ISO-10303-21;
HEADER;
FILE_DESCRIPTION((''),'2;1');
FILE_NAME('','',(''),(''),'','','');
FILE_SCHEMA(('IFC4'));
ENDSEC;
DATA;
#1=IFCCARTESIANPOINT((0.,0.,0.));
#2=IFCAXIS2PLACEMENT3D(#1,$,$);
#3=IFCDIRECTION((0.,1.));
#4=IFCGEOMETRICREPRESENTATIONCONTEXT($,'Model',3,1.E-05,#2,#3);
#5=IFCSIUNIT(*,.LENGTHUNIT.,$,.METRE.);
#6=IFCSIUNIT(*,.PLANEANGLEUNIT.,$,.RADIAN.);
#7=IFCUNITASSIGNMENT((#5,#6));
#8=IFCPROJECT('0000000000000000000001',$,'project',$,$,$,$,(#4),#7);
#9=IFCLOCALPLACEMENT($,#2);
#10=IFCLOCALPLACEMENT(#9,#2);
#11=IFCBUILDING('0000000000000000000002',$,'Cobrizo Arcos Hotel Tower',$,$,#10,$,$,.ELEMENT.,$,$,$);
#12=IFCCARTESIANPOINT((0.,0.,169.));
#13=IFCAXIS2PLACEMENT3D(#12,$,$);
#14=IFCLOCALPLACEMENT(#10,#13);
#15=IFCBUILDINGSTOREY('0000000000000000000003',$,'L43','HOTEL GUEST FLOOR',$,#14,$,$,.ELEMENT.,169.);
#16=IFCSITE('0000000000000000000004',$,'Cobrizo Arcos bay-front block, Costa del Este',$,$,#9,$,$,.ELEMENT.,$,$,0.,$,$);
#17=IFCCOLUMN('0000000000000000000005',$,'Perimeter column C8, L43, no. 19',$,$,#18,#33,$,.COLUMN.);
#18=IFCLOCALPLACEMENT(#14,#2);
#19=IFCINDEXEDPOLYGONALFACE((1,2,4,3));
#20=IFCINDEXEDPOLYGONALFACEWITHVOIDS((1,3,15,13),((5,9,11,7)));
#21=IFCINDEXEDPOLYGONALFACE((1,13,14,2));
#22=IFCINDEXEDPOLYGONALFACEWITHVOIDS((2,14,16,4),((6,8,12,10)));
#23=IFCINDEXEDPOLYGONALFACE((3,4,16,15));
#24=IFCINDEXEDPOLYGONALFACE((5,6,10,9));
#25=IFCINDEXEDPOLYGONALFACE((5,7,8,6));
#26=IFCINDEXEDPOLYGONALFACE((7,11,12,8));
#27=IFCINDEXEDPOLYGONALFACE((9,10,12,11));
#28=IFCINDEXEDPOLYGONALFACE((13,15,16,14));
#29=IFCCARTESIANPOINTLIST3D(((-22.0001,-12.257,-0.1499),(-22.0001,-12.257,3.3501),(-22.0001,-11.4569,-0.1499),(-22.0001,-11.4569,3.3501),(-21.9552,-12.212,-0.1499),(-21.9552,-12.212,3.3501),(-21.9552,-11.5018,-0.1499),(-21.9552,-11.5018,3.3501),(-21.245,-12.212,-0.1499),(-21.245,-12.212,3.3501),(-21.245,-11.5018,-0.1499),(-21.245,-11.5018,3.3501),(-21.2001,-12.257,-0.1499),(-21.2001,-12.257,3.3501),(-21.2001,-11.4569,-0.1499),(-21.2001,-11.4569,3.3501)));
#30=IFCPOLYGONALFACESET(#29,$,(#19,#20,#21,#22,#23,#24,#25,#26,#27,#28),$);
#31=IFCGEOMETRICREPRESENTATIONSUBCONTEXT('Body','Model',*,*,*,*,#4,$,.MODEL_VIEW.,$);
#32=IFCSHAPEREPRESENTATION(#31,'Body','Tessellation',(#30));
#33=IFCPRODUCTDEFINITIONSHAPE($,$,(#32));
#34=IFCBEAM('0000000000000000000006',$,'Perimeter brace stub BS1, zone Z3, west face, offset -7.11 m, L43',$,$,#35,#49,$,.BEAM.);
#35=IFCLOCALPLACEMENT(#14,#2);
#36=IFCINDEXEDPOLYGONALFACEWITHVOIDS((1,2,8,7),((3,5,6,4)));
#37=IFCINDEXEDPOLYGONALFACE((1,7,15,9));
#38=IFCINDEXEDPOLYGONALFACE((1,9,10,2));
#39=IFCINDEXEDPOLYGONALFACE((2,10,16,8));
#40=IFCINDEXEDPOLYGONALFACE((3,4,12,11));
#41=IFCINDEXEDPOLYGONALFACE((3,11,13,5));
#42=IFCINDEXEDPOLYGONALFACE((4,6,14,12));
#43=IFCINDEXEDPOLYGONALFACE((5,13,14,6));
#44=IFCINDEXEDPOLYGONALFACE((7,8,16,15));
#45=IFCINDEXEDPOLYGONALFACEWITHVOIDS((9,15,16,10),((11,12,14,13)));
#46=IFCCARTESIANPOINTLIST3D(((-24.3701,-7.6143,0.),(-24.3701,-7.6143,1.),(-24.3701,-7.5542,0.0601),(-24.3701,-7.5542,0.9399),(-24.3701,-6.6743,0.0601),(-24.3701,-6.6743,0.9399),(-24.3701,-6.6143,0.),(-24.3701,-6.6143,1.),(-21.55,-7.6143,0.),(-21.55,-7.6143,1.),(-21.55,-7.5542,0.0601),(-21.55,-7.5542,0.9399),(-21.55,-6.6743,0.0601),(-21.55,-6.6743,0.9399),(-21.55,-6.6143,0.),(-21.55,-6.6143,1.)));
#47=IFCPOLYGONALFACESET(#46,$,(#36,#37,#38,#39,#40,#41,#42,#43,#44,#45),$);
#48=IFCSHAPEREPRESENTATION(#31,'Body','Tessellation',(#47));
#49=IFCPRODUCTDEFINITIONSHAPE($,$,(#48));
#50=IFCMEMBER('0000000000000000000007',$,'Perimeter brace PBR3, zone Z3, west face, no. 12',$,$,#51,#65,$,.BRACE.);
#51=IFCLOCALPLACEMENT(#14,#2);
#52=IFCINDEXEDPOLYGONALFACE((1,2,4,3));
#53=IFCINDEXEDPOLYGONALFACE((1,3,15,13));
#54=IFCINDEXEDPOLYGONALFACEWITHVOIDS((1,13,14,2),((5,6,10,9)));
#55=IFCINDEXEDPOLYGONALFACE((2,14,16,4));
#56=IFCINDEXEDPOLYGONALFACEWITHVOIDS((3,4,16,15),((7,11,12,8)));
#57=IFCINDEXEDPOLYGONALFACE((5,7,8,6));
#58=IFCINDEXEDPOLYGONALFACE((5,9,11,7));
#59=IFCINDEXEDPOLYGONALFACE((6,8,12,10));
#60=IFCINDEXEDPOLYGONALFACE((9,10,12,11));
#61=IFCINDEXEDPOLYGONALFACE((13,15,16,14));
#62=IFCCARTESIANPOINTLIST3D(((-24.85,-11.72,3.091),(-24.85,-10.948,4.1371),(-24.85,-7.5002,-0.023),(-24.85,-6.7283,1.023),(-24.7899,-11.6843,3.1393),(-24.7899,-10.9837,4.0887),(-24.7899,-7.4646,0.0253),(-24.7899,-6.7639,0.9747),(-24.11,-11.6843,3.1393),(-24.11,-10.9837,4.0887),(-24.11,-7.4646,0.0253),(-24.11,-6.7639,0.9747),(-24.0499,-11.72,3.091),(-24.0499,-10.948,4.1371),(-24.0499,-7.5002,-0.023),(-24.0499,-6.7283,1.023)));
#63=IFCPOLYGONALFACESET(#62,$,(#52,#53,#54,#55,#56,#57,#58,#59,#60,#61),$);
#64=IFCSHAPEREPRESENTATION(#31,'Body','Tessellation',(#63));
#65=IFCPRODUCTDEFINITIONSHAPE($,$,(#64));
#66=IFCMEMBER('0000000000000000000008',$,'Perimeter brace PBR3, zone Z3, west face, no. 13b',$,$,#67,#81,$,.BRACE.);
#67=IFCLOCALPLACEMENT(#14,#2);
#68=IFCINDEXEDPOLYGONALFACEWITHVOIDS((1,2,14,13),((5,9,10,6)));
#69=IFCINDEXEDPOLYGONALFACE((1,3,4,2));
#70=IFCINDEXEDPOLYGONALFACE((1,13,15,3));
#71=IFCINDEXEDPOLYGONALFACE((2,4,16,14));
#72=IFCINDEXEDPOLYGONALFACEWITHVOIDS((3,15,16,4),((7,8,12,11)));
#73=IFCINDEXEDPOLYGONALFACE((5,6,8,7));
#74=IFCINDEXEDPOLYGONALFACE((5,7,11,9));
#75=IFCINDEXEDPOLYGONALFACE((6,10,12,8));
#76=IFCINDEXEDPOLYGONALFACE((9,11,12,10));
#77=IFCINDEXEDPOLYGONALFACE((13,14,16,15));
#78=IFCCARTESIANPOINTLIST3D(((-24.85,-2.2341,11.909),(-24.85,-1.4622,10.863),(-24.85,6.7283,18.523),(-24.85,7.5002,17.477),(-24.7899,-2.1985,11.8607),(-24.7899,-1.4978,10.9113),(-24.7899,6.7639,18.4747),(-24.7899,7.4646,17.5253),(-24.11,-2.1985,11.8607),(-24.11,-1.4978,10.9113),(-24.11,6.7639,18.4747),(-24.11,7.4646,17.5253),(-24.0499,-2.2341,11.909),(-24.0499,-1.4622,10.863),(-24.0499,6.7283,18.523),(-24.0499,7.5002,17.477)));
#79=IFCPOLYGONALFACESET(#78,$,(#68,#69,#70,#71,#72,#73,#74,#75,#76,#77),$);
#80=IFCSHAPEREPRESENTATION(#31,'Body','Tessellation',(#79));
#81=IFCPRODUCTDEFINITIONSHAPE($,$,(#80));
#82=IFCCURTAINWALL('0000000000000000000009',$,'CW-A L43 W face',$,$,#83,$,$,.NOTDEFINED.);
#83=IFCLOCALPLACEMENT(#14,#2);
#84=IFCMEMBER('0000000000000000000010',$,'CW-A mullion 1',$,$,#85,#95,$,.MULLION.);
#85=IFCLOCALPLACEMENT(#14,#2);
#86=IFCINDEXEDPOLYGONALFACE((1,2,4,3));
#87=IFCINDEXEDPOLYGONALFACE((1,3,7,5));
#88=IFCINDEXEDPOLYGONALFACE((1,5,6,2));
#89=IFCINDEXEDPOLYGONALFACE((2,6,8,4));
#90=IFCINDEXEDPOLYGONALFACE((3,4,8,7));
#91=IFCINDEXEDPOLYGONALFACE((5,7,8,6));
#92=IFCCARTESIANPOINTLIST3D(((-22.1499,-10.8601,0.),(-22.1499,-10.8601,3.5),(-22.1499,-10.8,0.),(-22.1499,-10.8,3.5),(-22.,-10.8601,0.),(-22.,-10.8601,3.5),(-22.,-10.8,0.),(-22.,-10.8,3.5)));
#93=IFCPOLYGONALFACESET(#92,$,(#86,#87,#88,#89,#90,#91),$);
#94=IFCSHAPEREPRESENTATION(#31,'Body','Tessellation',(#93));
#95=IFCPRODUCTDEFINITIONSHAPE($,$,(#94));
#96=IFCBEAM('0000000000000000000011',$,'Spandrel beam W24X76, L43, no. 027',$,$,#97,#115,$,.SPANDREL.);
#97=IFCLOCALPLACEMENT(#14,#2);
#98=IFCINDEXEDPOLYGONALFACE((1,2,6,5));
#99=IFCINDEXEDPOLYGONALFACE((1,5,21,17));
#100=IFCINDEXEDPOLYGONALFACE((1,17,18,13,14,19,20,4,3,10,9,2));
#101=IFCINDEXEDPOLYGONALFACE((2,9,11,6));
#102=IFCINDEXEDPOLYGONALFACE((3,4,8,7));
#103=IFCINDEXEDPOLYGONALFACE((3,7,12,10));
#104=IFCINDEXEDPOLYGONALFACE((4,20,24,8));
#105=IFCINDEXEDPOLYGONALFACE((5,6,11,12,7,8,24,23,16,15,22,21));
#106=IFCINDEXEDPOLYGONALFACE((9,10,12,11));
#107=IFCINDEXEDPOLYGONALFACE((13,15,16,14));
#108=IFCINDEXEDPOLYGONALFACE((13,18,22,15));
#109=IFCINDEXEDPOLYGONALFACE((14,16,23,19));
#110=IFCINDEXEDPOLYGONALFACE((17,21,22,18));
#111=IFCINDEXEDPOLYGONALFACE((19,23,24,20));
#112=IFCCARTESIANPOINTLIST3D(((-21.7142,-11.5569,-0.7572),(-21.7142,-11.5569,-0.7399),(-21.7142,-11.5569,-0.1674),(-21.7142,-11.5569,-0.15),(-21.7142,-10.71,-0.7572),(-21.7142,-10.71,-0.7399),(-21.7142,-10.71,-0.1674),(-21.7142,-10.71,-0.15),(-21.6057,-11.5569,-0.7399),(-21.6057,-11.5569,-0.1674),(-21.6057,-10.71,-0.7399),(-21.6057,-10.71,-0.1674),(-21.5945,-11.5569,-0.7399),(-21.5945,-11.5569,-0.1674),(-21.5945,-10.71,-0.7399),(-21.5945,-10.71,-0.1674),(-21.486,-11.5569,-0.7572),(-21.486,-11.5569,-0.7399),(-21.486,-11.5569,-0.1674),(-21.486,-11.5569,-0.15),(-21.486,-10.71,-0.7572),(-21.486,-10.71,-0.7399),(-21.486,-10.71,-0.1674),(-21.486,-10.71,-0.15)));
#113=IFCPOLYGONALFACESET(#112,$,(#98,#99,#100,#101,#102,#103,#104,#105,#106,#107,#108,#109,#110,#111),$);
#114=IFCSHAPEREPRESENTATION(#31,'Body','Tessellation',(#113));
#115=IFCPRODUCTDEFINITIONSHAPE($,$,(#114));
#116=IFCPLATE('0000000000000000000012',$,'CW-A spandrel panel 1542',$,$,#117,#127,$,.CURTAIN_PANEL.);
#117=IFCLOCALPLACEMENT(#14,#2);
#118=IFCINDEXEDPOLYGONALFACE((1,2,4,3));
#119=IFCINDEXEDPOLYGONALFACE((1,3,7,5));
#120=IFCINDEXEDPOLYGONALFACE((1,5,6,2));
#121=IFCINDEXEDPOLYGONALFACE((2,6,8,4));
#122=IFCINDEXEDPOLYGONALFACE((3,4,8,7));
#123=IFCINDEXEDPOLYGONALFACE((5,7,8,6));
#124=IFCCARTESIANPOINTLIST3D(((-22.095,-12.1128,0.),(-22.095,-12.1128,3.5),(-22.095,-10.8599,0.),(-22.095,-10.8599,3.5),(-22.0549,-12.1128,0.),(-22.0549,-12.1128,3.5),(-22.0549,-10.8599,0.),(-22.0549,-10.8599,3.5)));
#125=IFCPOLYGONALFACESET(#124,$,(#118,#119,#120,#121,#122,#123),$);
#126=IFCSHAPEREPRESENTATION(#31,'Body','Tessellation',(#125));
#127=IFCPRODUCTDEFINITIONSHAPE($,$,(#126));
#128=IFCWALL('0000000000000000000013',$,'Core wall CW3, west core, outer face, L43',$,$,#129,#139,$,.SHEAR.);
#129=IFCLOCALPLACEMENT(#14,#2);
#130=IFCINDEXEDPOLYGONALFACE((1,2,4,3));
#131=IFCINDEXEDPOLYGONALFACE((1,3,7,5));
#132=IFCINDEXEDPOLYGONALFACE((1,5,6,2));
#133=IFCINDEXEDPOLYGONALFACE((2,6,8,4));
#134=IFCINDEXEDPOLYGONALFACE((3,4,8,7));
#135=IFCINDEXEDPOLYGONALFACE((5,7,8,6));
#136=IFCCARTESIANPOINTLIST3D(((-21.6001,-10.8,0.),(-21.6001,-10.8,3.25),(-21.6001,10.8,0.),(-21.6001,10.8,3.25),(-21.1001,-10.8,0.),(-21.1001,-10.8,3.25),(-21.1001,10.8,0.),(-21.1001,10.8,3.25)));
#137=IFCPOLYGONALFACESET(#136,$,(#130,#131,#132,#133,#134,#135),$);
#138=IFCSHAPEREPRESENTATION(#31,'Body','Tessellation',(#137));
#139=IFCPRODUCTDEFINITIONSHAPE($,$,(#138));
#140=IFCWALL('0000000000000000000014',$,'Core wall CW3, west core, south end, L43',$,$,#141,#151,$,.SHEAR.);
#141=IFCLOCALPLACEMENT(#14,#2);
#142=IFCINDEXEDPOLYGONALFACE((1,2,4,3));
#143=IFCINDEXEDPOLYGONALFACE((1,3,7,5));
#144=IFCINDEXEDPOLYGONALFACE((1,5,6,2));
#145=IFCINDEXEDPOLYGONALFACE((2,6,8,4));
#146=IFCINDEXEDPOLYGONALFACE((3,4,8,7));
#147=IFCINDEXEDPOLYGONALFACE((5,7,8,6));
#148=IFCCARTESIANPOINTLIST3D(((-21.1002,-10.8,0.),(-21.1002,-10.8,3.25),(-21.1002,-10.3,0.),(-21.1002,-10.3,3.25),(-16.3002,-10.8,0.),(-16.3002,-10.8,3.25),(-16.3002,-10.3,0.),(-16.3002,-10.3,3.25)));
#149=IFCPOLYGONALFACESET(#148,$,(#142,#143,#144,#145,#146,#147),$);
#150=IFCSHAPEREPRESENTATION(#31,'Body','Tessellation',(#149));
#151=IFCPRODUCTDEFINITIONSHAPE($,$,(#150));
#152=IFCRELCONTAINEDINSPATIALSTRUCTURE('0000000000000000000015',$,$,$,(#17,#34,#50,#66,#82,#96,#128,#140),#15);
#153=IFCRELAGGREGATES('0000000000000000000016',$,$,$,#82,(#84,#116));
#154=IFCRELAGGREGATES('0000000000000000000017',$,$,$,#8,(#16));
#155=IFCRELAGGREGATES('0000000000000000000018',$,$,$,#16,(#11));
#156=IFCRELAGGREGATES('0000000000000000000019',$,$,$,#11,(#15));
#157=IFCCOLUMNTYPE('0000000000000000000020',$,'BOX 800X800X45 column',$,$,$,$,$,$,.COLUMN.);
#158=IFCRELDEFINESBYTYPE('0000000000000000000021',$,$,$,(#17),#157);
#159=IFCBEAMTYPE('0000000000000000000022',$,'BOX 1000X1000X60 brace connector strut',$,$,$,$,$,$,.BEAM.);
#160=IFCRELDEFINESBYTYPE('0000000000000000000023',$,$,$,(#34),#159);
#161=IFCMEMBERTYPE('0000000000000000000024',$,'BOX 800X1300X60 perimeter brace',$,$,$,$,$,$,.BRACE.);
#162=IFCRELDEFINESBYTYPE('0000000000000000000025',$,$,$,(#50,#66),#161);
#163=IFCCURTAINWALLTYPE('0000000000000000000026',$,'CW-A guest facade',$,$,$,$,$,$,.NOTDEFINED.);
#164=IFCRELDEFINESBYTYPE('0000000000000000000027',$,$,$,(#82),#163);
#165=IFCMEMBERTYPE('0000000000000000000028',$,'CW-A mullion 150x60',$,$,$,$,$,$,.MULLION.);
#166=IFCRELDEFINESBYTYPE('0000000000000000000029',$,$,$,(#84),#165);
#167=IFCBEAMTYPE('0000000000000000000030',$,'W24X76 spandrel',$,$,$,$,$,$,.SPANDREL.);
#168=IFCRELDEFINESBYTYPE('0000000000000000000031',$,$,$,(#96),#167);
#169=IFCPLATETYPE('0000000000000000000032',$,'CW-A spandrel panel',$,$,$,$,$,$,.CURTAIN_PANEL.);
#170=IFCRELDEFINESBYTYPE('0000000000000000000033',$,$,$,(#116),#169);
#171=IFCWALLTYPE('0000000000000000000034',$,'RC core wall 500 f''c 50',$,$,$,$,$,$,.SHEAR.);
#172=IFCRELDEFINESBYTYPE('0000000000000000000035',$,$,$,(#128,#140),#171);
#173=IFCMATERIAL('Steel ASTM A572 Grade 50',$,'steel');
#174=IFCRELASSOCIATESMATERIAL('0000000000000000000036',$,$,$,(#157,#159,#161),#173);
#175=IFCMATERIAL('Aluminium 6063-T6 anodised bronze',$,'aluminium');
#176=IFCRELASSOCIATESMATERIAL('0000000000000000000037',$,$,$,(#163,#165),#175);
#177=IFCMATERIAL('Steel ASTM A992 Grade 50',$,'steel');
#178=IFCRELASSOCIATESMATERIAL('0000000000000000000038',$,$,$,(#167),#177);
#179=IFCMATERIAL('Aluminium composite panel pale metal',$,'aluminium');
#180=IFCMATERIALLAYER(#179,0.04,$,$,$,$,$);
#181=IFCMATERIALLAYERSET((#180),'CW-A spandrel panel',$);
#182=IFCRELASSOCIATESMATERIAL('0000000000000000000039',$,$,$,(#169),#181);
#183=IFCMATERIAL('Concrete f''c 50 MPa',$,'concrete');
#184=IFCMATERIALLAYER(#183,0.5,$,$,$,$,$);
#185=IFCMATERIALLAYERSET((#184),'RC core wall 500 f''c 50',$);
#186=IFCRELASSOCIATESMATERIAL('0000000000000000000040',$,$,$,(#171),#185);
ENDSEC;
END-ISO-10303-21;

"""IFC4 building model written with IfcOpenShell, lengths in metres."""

from ifc_helpers import new_model, si_unit, direction, frame, frame_2d, origin, origin_2d, place, context, subcontext, project, spatial, rectangle, hollow_rectangle, i_section, extrude, material, layer, layer_set, material_profile, profile_set, type_object, element, aggregate, save


model = new_model("IFC4")

# Units and contexts
model_context = context("Model", 3, precision=1e-05, world=origin(), true_north=direction((0.0, 1.0)))
body_context = subcontext(model_context, "Body", "Model", "MODEL_VIEW")
ifc_project = project(units=[si_unit("LENGTHUNIT", "METRE"), si_unit("PLANEANGLEUNIT", "RADIAN")], contexts=[model_context])

# Site, building, storey
site_placement = place(None, origin())
site = spatial("IfcSite", under=ifc_project, at=site_placement, Name="Cobrizo Arcos bay-front block, Costa del Este", CompositionType="ELEMENT", RefElevation=0.0)
building_placement = place(site_placement, origin())
building = spatial("IfcBuilding", under=site, at=building_placement, Name="Cobrizo Arcos Hotel Tower", CompositionType="ELEMENT")
storey_placement = place(building_placement, frame((0.0, 0.0, 169.0)))
storey = spatial("IfcBuildingStorey", under=building, at=storey_placement, Name="L43", Description="HOTEL GUEST FLOOR", CompositionType="ELEMENT", Elevation=169.0)

# Column
ifc_material_1 = material(Name="Steel ASTM A572 Grade 50", Category="steel")
ifc_material_profile_1 = material_profile(ifc_material_1, hollow_rectangle(XDim=0.8, YDim=0.8, WallThickness=0.0449, at=origin_2d()), Name="BOX 800X800X45")
ifc_profile_set_1 = profile_set([ifc_material_profile_1], Name="Steel ASTM A572 Grade 50")
column_type = type_object("IfcColumnType", Name="BOX 800X800X45 column", PredefinedType="COLUMN", material=ifc_profile_set_1)
column_placement = place(storey_placement, frame((-21.6001, -11.8569, -0.1499), z_axis=(0.0, 0.0, 1.0), x_axis=(1.0, 0.0, 0.0)))
element("IfcColumn", 1, at=column_placement, inside=storey, type_object=column_type, Name="Perimeter column C8, L43, no. 19", PredefinedType="COLUMN", context=body_context, shape_type="SweptSolid", body=[
    extrude(hollow_rectangle(XDim=0.8, YDim=0.8, WallThickness=0.0449, at=origin_2d()), origin(), (0.0, 0.0, 1.0), 3.5),
])

# Beam
ifc_material_profile_2 = material_profile(ifc_material_1, hollow_rectangle(XDim=1.0, YDim=1.0, WallThickness=0.0601, at=origin_2d()), Name="BOX 1000X1000X60")
ifc_profile_set_2 = profile_set([ifc_material_profile_2], Name="Steel ASTM A572 Grade 50")
beam_type_1 = type_object("IfcBeamType", Name="BOX 1000X1000X60 brace connector strut", PredefinedType="BEAM", material=ifc_profile_set_2)
beam_1_placement = place(storey_placement, frame((-21.55, -7.1143, 0.5), z_axis=(-1.0, 0.0, 0.0), x_axis=(0.0, -1.0, 0.0)))
element("IfcBeam", 2, at=beam_1_placement, inside=storey, type_object=beam_type_1, Name="Perimeter brace stub BS1, zone Z3, west face, offset -7.11 m, L43", PredefinedType="BEAM", context=body_context, shape_type="SweptSolid", body=[
    extrude(hollow_rectangle(XDim=1.0, YDim=1.0, WallThickness=0.0601, at=origin_2d()), origin(), (0.0, 0.0, 1.0), 2.8201),
])

# Members
ifc_material_profile_3 = material_profile(ifc_material_1, hollow_rectangle(XDim=0.8, YDim=1.3, WallThickness=0.0601, at=origin_2d()), Name="BOX 800X1300X60")
ifc_profile_set_3 = profile_set([ifc_material_profile_3], Name="Steel ASTM A572 Grade 50")
member_type_1 = type_object("IfcMemberType", Name="BOX 800X1300X60 perimeter brace", PredefinedType="BRACE", material=ifc_profile_set_3)
member_1_placement = place(storey_placement, frame((-24.45, -7.1143, 0.5), z_axis=(0.0, -0.804624, 0.593785), x_axis=(1.0, 0.0, 0.0)))
element("IfcMember", 3, at=member_1_placement, inside=storey, type_object=member_type_1, Name="Perimeter brace PBR3, zone Z3, west face, no. 12", PredefinedType="BRACE", context=body_context, shape_type="SweptSolid", body=[
    extrude(hollow_rectangle(XDim=0.8, YDim=1.3, WallThickness=0.0601, at=origin_2d()), origin(), (0.0, 0.0, 1.0), 5.2444),
])
member_2_placement = place(storey_placement, frame((-24.45, -1.8481, 11.386), z_axis=(0.0, 0.804621, 0.593789), x_axis=(-1.0, 0.0, 0.0)))
element("IfcMember", 4, at=member_2_placement, inside=storey, type_object=member_type_1, Name="Perimeter brace PBR3, zone Z3, west face, no. 13b", PredefinedType="BRACE", context=body_context, shape_type="SweptSolid", body=[
    extrude(hollow_rectangle(XDim=0.8, YDim=1.3, WallThickness=0.0601, at=origin_2d()), origin(), (0.0, 0.0, 1.0), 11.1387),
])

# Curtain wall, member
ifc_material_2 = material(Name="Aluminium 6063-T6 anodised bronze", Category="aluminium")
curtain_wall_type = type_object("IfcCurtainWallType", Name="CW-A guest facade", PredefinedType="NOTDEFINED", material=ifc_material_2)
curtain_wall_placement = place(storey_placement, origin())
curtain_wall = element("IfcCurtainWall", 5, at=curtain_wall_placement, inside=storey, type_object=curtain_wall_type, Name="CW-A L43 W face", PredefinedType="NOTDEFINED")
ifc_material_profile_4 = material_profile(ifc_material_2, rectangle(XDim=0.1499, YDim=0.0601, at=origin_2d()), Name="CW-A mullion 150x60")
ifc_profile_set_4 = profile_set([ifc_material_profile_4], Name="Aluminium 6063-T6 anodised bronze")
member_type_2 = type_object("IfcMemberType", Name="CW-A mullion 150x60", PredefinedType="MULLION", material=ifc_profile_set_4)
member_3_placement = place(storey_placement, frame((-22.075, -10.8301, 0.0), z_axis=(0.0, 0.0, 1.0), x_axis=(-1.0, 0.0, 0.0)))
member_3 = element("IfcMember", 6, at=member_3_placement, type_object=member_type_2, Name="CW-A mullion 1", PredefinedType="MULLION", context=body_context, shape_type="SweptSolid", body=[
    extrude(rectangle(XDim=0.1499, YDim=0.0601, at=origin_2d()), origin(), (0.0, 0.0, 1.0), 3.5),
])

# Beam
ifc_material_3 = material(Name="Steel ASTM A992 Grade 50", Category="steel")
ifc_material_profile_5 = material_profile(ifc_material_3, i_section(OverallWidth=0.2283, OverallDepth=0.6072, WebThickness=0.0112, FlangeThickness=0.0173, at=origin_2d()), Name="W24X76")
ifc_profile_set_5 = profile_set([ifc_material_profile_5], Name="Steel ASTM A992 Grade 50")
beam_type_2 = type_object("IfcBeamType", Name="W24X76 spandrel", PredefinedType="SPANDREL", material=ifc_profile_set_5)
beam_2_placement = place(storey_placement, frame((-21.6001, -10.71, -0.4536), z_axis=(0.0, -1.0, 0.0), x_axis=(1.0, 0.0, 0.0)))
element("IfcBeam", 7, at=beam_2_placement, inside=storey, type_object=beam_type_2, Name="Spandrel beam W24X76, L43, no. 027", PredefinedType="SPANDREL", context=body_context, shape_type="SweptSolid", body=[
    extrude(i_section(OverallWidth=0.2283, OverallDepth=0.6072, WebThickness=0.0112, FlangeThickness=0.0173, at=origin_2d()), origin(), (0.0, 0.0, 1.0), 0.8469),
])

# Plate
ifc_material_4 = material(Name="Aluminium composite panel pale metal", Category="aluminium")
ifc_layer_1 = layer(ifc_material_4, 0.04)
ifc_layer_set_1 = layer_set([ifc_layer_1], Name="CW-A spandrel panel")
plate_type = type_object("IfcPlateType", Name="CW-A spandrel panel", PredefinedType="CURTAIN_PANEL", material=ifc_layer_set_1)
plate_placement = place(storey_placement, frame((-22.075, -11.4863, 0.0), z_axis=(0.0, 0.0, 1.0), x_axis=(0.0, -1.0, 0.0)))
plate = element("IfcPlate", 8, at=plate_placement, type_object=plate_type, Name="CW-A spandrel panel 1542", PredefinedType="CURTAIN_PANEL", context=body_context, shape_type="SweptSolid", body=[
    extrude(rectangle(XDim=1.2529, YDim=0.04, at=origin_2d()), origin(), (0.0, 0.0, 1.0), 3.5),
])
aggregate(curtain_wall, [member_3, plate])

# Walls
ifc_material_5 = material(Name="Concrete f'c 50 MPa", Category="concrete")
ifc_layer_2 = layer(ifc_material_5, 0.5)
ifc_layer_set_2 = layer_set([ifc_layer_2], Name="RC core wall 500 f'c 50")
wall_type_1 = type_object("IfcWallType", Name="RC core wall 500 f'c 50", PredefinedType="SHEAR", material=ifc_layer_set_2)
wall_1_placement = place(storey_placement, frame((-21.3501, -10.8, 0.0), z_axis=(0.0, 0.0, 1.0), x_axis=(0.0, 1.0, 0.0)))
element("IfcWall", 9, at=wall_1_placement, inside=storey, type_object=wall_type_1, Name="Core wall CW3, west core, outer face, L43", PredefinedType="SHEAR", context=body_context, shape_type="SweptSolid", body=[
    extrude(rectangle(XDim=21.6001, YDim=0.5, at=frame_2d((10.8, 0.0))), origin(), (0.0, 0.0, 1.0), 3.25),
])
wall_2_placement = place(storey_placement, frame((-21.1001, -10.55, 0.0), z_axis=(0.0, 0.0, 1.0), x_axis=(1.0, 0.0, 0.0)))
element("IfcWall", 10, at=wall_2_placement, inside=storey, type_object=wall_type_1, Name="Core wall CW3, west core, south end, L43", PredefinedType="SHEAR", context=body_context, shape_type="SweptSolid", body=[
    extrude(rectangle(XDim=4.8, YDim=0.5, at=frame_2d((2.3999, 0.0))), origin(), (0.0, 0.0, 1.0), 3.25),
])

save(model, "model.ifc")
